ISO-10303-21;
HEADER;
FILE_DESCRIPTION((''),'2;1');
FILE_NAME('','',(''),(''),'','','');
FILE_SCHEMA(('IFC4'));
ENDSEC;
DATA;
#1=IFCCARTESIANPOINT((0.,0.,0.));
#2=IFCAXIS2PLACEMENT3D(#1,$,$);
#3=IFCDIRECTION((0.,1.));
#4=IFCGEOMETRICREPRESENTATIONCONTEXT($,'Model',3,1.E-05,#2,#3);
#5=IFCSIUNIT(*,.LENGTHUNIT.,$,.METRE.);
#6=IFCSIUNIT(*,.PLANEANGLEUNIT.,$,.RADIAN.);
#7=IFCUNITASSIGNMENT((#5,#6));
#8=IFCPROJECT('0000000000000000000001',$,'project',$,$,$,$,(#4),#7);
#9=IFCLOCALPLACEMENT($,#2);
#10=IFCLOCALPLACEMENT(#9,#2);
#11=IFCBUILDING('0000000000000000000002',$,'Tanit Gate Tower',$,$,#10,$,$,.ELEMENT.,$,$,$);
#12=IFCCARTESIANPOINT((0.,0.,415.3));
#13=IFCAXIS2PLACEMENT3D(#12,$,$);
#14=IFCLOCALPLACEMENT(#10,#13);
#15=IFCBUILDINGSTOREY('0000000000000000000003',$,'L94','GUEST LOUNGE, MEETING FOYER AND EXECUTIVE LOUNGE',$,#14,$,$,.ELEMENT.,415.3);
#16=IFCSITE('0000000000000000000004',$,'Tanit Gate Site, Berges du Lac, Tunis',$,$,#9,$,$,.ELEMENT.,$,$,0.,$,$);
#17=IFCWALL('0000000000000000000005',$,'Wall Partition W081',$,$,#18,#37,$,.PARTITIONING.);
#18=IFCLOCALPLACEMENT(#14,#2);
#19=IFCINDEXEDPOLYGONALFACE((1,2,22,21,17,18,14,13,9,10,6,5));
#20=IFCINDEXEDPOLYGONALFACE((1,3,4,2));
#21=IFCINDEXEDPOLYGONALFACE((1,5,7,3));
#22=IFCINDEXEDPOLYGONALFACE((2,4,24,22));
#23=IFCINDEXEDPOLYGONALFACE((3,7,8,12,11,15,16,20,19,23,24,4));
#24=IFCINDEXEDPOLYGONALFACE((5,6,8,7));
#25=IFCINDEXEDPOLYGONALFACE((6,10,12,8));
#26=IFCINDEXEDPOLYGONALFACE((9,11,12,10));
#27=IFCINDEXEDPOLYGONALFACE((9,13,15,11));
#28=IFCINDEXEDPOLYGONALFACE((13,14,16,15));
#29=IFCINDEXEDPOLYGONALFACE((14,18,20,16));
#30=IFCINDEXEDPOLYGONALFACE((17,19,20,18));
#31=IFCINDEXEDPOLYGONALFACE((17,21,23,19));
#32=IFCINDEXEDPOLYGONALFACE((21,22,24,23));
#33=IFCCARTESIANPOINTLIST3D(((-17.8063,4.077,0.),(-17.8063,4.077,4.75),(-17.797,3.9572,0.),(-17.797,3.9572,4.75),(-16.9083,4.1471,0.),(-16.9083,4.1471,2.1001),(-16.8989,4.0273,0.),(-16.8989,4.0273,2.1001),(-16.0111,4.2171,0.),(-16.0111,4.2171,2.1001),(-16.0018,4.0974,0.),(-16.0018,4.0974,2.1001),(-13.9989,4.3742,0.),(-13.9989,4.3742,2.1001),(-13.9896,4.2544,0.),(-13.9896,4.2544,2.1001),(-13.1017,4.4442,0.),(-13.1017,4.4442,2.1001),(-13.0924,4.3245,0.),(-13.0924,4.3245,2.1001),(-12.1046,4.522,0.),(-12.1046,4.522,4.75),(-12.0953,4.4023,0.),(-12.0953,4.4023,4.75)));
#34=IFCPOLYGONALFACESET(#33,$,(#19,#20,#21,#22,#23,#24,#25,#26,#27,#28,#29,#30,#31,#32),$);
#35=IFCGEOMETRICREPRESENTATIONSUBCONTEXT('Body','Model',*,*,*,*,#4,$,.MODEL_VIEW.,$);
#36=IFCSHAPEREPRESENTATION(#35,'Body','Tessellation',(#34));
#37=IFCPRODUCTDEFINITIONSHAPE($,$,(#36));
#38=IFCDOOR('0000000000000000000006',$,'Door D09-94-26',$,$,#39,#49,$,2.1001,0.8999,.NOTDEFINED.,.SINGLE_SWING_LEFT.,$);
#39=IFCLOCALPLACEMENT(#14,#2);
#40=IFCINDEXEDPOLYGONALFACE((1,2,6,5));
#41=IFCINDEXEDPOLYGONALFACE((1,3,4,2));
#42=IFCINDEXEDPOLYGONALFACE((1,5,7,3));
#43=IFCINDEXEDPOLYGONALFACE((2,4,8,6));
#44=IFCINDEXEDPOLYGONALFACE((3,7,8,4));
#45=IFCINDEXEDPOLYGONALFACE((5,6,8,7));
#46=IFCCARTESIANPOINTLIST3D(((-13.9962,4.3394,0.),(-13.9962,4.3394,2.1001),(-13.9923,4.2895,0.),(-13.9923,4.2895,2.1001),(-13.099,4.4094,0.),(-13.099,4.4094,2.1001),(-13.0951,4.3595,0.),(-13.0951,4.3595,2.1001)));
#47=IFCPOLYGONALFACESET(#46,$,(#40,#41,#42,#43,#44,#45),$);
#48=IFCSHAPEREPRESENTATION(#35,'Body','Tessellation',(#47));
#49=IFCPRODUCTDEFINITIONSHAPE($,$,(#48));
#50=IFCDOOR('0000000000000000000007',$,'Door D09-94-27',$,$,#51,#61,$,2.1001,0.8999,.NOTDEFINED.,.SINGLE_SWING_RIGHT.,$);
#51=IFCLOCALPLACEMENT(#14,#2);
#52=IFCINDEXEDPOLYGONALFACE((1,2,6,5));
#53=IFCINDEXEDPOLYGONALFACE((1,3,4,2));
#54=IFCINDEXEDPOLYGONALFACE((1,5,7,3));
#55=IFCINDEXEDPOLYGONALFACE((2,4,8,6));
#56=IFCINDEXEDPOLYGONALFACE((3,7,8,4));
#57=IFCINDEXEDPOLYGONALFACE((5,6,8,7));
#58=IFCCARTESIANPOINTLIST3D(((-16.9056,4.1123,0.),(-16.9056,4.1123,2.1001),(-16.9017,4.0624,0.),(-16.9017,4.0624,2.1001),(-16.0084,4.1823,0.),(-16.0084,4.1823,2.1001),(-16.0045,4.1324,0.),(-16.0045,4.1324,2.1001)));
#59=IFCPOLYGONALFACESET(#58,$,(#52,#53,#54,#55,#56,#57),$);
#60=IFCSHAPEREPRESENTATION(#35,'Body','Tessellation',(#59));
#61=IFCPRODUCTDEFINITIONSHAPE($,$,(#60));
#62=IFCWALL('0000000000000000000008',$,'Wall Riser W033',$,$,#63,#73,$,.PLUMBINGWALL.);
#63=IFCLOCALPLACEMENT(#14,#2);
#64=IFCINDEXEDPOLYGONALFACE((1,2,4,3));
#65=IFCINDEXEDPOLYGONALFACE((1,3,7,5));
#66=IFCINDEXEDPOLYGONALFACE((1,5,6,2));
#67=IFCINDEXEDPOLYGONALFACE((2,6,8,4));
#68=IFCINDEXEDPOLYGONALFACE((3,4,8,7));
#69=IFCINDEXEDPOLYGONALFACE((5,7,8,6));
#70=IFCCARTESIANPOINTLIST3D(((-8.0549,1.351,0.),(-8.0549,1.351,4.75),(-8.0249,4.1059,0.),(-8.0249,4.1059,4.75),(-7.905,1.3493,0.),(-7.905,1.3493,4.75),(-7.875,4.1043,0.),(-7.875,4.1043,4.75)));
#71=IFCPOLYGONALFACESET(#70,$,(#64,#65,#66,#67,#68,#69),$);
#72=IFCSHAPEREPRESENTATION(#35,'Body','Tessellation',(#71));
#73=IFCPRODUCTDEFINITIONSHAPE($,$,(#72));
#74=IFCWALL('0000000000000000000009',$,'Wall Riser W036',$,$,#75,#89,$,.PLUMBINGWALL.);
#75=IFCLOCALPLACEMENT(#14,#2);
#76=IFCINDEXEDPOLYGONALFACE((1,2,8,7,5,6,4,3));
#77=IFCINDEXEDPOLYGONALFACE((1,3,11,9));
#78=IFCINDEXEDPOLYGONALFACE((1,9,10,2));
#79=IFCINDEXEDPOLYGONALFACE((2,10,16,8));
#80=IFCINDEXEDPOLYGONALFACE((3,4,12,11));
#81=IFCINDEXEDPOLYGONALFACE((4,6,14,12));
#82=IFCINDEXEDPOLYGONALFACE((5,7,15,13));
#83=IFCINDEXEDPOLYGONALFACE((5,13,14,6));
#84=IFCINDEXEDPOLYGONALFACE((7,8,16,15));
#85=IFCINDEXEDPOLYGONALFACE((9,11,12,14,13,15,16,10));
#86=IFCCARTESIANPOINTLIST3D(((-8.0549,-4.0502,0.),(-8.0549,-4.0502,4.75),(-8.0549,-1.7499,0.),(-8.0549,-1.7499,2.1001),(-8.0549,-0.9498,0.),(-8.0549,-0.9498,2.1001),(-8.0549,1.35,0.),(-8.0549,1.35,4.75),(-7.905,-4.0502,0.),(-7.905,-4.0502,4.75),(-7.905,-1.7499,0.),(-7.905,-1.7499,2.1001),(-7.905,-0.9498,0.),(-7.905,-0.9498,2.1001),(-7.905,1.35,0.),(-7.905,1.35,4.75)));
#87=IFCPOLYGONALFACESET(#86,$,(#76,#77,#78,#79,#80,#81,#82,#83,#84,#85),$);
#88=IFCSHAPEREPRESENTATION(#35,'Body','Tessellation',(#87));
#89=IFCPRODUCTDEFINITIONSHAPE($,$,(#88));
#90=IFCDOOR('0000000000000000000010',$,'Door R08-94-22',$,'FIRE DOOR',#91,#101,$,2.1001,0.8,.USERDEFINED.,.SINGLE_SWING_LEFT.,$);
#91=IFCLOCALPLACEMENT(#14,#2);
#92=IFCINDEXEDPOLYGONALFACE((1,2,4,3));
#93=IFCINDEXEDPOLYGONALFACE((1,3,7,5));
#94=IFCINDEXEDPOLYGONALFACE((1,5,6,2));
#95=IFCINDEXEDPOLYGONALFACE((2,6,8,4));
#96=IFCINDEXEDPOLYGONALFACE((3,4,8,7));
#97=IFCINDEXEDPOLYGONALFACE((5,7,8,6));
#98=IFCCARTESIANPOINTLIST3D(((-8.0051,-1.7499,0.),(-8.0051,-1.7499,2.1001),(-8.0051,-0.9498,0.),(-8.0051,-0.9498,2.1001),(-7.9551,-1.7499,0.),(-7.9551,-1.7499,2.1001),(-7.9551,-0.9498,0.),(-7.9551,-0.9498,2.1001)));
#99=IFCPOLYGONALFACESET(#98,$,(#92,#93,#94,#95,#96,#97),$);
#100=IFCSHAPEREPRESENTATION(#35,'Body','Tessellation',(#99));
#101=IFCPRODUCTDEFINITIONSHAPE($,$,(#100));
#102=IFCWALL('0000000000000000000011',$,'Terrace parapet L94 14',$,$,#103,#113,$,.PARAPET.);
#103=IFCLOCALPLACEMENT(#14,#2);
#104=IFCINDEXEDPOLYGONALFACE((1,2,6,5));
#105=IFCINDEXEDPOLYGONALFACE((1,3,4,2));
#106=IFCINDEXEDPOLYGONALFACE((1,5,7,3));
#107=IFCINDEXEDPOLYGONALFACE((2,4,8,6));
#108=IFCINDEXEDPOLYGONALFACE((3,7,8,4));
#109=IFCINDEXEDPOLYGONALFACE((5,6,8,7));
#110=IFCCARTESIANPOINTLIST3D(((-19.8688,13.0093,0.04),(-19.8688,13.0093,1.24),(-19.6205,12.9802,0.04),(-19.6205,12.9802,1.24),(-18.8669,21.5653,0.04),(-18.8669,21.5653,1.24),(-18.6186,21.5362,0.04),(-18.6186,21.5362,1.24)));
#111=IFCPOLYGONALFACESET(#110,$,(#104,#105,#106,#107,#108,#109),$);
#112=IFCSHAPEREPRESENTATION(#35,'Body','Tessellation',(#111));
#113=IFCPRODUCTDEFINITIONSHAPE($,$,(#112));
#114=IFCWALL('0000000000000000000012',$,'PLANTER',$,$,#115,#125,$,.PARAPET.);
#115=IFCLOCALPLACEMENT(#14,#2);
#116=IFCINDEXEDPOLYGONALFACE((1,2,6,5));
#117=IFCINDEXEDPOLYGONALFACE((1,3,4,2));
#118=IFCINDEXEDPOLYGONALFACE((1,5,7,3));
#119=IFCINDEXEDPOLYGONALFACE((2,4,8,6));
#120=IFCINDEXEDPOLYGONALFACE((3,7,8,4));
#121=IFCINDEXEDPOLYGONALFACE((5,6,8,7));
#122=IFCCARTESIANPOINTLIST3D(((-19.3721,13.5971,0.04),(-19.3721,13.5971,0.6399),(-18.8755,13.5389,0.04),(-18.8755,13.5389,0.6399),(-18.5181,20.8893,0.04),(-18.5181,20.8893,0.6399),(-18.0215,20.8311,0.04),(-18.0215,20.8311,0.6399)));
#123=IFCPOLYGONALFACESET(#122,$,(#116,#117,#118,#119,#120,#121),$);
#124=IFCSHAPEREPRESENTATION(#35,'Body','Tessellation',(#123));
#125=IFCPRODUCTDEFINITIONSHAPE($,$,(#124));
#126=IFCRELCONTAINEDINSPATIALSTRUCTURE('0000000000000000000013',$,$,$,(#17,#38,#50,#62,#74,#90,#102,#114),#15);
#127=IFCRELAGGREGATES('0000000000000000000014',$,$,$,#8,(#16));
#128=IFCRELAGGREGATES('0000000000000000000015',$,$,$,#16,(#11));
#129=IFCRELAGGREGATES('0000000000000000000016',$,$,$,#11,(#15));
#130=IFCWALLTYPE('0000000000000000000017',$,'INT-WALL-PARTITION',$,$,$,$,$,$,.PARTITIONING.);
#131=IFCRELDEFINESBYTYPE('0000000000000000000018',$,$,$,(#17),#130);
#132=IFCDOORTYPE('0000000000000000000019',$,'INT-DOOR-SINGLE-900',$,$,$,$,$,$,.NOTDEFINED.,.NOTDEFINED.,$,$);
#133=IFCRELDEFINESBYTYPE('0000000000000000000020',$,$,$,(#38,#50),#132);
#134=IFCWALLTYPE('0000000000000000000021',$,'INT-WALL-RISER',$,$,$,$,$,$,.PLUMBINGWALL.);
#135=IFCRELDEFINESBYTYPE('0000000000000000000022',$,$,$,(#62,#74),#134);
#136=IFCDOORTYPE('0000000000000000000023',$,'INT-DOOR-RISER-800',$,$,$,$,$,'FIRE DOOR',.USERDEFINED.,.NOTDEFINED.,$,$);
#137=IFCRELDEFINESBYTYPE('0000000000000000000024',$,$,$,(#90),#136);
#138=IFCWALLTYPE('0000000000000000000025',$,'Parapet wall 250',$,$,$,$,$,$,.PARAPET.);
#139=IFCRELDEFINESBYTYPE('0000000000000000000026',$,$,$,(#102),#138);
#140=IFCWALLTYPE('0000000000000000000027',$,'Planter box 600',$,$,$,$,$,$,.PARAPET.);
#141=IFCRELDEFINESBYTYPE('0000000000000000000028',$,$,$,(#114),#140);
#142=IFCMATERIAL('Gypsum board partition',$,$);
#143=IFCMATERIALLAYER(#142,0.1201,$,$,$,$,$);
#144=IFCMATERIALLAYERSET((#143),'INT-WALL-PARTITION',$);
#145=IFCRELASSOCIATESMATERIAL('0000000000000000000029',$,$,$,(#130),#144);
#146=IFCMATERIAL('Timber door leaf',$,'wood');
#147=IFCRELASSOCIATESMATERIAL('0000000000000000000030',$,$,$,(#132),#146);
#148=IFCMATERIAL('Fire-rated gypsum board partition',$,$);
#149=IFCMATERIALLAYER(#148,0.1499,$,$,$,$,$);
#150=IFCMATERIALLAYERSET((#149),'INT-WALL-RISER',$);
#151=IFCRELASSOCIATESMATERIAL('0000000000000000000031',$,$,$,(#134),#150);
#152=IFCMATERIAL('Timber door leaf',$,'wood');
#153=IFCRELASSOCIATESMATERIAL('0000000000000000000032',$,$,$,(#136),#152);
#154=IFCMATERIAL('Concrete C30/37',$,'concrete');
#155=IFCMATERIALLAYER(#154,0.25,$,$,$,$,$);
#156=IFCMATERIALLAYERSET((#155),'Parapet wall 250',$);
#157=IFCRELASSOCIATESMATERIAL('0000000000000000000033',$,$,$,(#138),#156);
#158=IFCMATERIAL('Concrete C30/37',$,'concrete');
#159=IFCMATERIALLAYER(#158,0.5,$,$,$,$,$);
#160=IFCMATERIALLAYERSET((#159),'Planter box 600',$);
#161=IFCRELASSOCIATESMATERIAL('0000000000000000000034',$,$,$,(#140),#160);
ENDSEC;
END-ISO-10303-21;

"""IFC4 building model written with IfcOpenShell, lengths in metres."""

from ifc_helpers import new_model, si_unit, direction, frame, frame_2d, origin, place, context, subcontext, project, spatial, rectangle, extrude, material, layer, layer_set, type_object, element, fill, save


model = new_model("IFC4")

# Units and contexts
model_context = context("Model", 3, precision=1e-05, world=origin(), true_north=direction((0.0, 1.0)))
body_context = subcontext(model_context, "Body", "Model", "MODEL_VIEW")
ifc_project = project(units=[si_unit("LENGTHUNIT", "METRE"), si_unit("PLANEANGLEUNIT", "RADIAN")], contexts=[model_context])

# Site, building, storey
site_placement = place(None, origin())
site = spatial("IfcSite", under=ifc_project, at=site_placement, Name="Tanit Gate Site, Berges du Lac, Tunis", CompositionType="ELEMENT", RefElevation=0.0)
building_placement = place(site_placement, origin())
building = spatial("IfcBuilding", under=site, at=building_placement, Name="Tanit Gate Tower", CompositionType="ELEMENT")
storey_placement = place(building_placement, frame((0.0, 0.0, 415.3)))
storey = spatial("IfcBuildingStorey", under=building, at=storey_placement, Name="L94", Description="GUEST LOUNGE, MEETING FOYER AND EXECUTIVE LOUNGE", CompositionType="ELEMENT", Elevation=415.3)

# Shared definitions
ifc_material_1 = material(Name="Gypsum board partition")
ifc_layer_1 = layer(ifc_material_1, 0.1201)
ifc_layer_set_1 = layer_set([ifc_layer_1], Name="INT-WALL-PARTITION")
wall_type_1 = type_object("IfcWallType", Name="INT-WALL-PARTITION", PredefinedType="PARTITIONING", material=ifc_layer_set_1)

# Wall, openings, doors
wall_1_placement = place(storey_placement, frame((-12.1001, 4.4622, 0.0), z_axis=(0.0, 0.0, 1.0), x_axis=(-0.996967, -0.077823, 0.0)))
wall_1 = element("IfcWall", 1, at=wall_1_placement, inside=storey, type_object=wall_type_1, Name="Wall Partition W081", PredefinedType="PARTITIONING", context=body_context, shape_type="SweptSolid", body=[
    extrude(rectangle(XDim=5.719, YDim=0.1201, at=frame_2d((2.8594, 0.0))), origin(), (0.0, 0.0, 1.0), 4.75),
])
opening_1_placement = place(wall_1_placement, frame((1.0, 0.0, 0.0)))
opening_1 = element("IfcOpeningElement", 2, at=opening_1_placement, cuts=wall_1, PredefinedType="OPENING", context=body_context, shape_type="SweptSolid", body=[
    extrude(rectangle(XDim=0.8999, YDim=2.1001, at=frame_2d((0.45, 1.05))), frame((0.0, 0.0701, 0.0), z_axis=(0.0, -1.0, 0.0), x_axis=(1.0, 0.0, 0.0)), (0.0, 0.0, 1.0), 0.1401),
])
opening_2_placement = place(wall_1_placement, frame((3.9182, 0.0, 0.0)))
opening_2 = element("IfcOpeningElement", 3, at=opening_2_placement, cuts=wall_1, PredefinedType="OPENING", context=body_context, shape_type="SweptSolid", body=[
    extrude(rectangle(XDim=0.8999, YDim=2.1001, at=frame_2d((0.45, 1.05))), frame((0.0, 0.0701, 0.0), z_axis=(0.0, -1.0, 0.0), x_axis=(1.0, 0.0, 0.0)), (0.0, 0.0, 1.0), 0.1401),
])
ifc_material_2 = material(Name="Timber door leaf", Category="wood")
door_type_1 = type_object("IfcDoorType", Name="INT-DOOR-SINGLE-900", OperationType="NOTDEFINED", PredefinedType="NOTDEFINED", material=ifc_material_2)
door_1_placement = place(opening_1_placement, origin())
door_1 = element("IfcDoor", 4, at=door_1_placement, inside=storey, type_object=door_type_1, Name="Door D09-94-26", OperationType="SINGLE_SWING_LEFT", OverallHeight=2.1001, OverallWidth=0.8999, PredefinedType="NOTDEFINED", context=body_context, shape_type="SweptSolid", body=[
    extrude(rectangle(XDim=0.8999, YDim=2.1001, at=frame_2d((0.45, 1.05))), frame((0.0, 0.0249, 0.0), z_axis=(0.0, -1.0, 0.0), x_axis=(1.0, 0.0, 0.0)), (0.0, 0.0, 1.0), 0.05),
])
fill(opening_1, door_1)
door_2_placement = place(opening_2_placement, origin())
door_2 = element("IfcDoor", 5, at=door_2_placement, inside=storey, type_object=door_type_1, Name="Door D09-94-27", OperationType="SINGLE_SWING_RIGHT", OverallHeight=2.1001, OverallWidth=0.8999, PredefinedType="NOTDEFINED", context=body_context, shape_type="SweptSolid", body=[
    extrude(rectangle(XDim=0.8999, YDim=2.1001, at=frame_2d((0.45, 1.05))), frame((0.0, 0.0249, 0.0), z_axis=(0.0, -1.0, 0.0), x_axis=(1.0, 0.0, 0.0)), (0.0, 0.0, 1.0), 0.05),
])
fill(opening_2, door_2)

# Wall
ifc_material_3 = material(Name="Fire-rated gypsum board partition")
ifc_layer_2 = layer(ifc_material_3, 0.1499)
ifc_layer_set_2 = layer_set([ifc_layer_2], Name="INT-WALL-RISER")
wall_type_2 = type_object("IfcWallType", Name="INT-WALL-RISER", PredefinedType="PLUMBINGWALL", material=ifc_layer_set_2)
wall_2_placement = place(storey_placement, frame((-7.95, 4.105, 0.0), z_axis=(0.0, 0.0, 1.0), x_axis=(-0.0109, -0.999941, 0.0)))
element("IfcWall", 6, at=wall_2_placement, inside=storey, type_object=wall_type_2, Name="Wall Riser W033", PredefinedType="PLUMBINGWALL", context=body_context, shape_type="SweptSolid", body=[
    extrude(rectangle(XDim=2.7551, YDim=0.1499, at=frame_2d((1.3774, 0.0))), origin(), (0.0, 0.0, 1.0), 4.75),
])

# Wall, opening, door
wall_3_placement = place(storey_placement, frame((-7.98, 1.3501, 0.0), z_axis=(0.0, 0.0, 1.0), x_axis=(0.0, -1.0, 0.0)))
wall_3 = element("IfcWall", 7, at=wall_3_placement, inside=storey, type_object=wall_type_2, Name="Wall Riser W036", PredefinedType="PLUMBINGWALL", context=body_context, shape_type="SweptSolid", body=[
    extrude(rectangle(XDim=5.4001, YDim=0.1499, at=frame_2d((2.7002, 0.0))), origin(), (0.0, 0.0, 1.0), 4.75),
])
opening_3_placement = place(wall_3_placement, frame((2.3, 0.0, 0.0)))
opening_3 = element("IfcOpeningElement", 8, at=opening_3_placement, cuts=wall_3, PredefinedType="OPENING", context=body_context, shape_type="SweptSolid", body=[
    extrude(rectangle(XDim=0.8, YDim=2.1001, at=frame_2d((0.3999, 1.05))), frame((0.0, 0.085, 0.0), z_axis=(0.0, -1.0, 0.0), x_axis=(1.0, 0.0, 0.0)), (0.0, 0.0, 1.0), 0.1699),
])
ifc_material_4 = material(Name="Timber door leaf", Category="wood")
door_type_2 = type_object("IfcDoorType", Name="INT-DOOR-RISER-800", ElementType="FIRE DOOR", OperationType="NOTDEFINED", PredefinedType="USERDEFINED", material=ifc_material_4)
door_3_placement = place(opening_3_placement, origin())
door_3 = element("IfcDoor", 9, at=door_3_placement, inside=storey, type_object=door_type_2, Name="Door R08-94-22", ObjectType="FIRE DOOR", OperationType="SINGLE_SWING_LEFT", OverallHeight=2.1001, OverallWidth=0.8, PredefinedType="USERDEFINED", context=body_context, shape_type="SweptSolid", body=[
    extrude(rectangle(XDim=0.8, YDim=2.1001, at=frame_2d((0.3999, 1.05))), frame((0.0, 0.0249, 0.0), z_axis=(0.0, -1.0, 0.0), x_axis=(1.0, 0.0, 0.0)), (0.0, 0.0, 1.0), 0.05),
])
fill(opening_3, door_3)

# Walls
ifc_material_5 = material(Name="Concrete C30/37", Category="concrete")
ifc_layer_3 = layer(ifc_material_5, 0.25)
ifc_layer_set_3 = layer_set([ifc_layer_3], Name="Parapet wall 250")
wall_type_3 = type_object("IfcWallType", Name="Parapet wall 250", PredefinedType="PARAPET", material=ifc_layer_set_3)
wall_4_placement = place(storey_placement, frame((-19.7446, 12.9949, 0.04), z_axis=(0.0, 0.0, 1.0), x_axis=(0.116308, 0.993213, 0.0)))
element("IfcWall", 10, at=wall_4_placement, inside=storey, type_object=wall_type_3, Name="Terrace parapet L94 14", PredefinedType="PARAPET", context=body_context, shape_type="SweptSolid", body=[
    extrude(rectangle(XDim=8.6145, YDim=0.25, at=frame_2d((4.3071, 0.0))), origin(), (0.0, 0.0, 1.0), 1.2),
])
ifc_material_6 = material(Name="Concrete C30/37", Category="concrete")
ifc_layer_4 = layer(ifc_material_6, 0.5)
ifc_layer_set_4 = layer_set([ifc_layer_4], Name="Planter box 600")
wall_type_4 = type_object("IfcWallType", Name="Planter box 600", PredefinedType="PARAPET", material=ifc_layer_set_4)
wall_5_placement = place(storey_placement, frame((-19.1238, 13.5681, 0.04), z_axis=(0.0, 0.0, 1.0), x_axis=(0.116316, 0.993212, 0.0)))
element("IfcWall", 11, at=wall_5_placement, inside=storey, type_object=wall_type_4, Name="PLANTER", PredefinedType="PARAPET", context=body_context, shape_type="SweptSolid", body=[
    extrude(rectangle(XDim=7.342, YDim=0.5, at=frame_2d((3.6709, 0.0))), origin(), (0.0, 0.0, 1.0), 0.5999),
])

save(model, "model.ifc")
